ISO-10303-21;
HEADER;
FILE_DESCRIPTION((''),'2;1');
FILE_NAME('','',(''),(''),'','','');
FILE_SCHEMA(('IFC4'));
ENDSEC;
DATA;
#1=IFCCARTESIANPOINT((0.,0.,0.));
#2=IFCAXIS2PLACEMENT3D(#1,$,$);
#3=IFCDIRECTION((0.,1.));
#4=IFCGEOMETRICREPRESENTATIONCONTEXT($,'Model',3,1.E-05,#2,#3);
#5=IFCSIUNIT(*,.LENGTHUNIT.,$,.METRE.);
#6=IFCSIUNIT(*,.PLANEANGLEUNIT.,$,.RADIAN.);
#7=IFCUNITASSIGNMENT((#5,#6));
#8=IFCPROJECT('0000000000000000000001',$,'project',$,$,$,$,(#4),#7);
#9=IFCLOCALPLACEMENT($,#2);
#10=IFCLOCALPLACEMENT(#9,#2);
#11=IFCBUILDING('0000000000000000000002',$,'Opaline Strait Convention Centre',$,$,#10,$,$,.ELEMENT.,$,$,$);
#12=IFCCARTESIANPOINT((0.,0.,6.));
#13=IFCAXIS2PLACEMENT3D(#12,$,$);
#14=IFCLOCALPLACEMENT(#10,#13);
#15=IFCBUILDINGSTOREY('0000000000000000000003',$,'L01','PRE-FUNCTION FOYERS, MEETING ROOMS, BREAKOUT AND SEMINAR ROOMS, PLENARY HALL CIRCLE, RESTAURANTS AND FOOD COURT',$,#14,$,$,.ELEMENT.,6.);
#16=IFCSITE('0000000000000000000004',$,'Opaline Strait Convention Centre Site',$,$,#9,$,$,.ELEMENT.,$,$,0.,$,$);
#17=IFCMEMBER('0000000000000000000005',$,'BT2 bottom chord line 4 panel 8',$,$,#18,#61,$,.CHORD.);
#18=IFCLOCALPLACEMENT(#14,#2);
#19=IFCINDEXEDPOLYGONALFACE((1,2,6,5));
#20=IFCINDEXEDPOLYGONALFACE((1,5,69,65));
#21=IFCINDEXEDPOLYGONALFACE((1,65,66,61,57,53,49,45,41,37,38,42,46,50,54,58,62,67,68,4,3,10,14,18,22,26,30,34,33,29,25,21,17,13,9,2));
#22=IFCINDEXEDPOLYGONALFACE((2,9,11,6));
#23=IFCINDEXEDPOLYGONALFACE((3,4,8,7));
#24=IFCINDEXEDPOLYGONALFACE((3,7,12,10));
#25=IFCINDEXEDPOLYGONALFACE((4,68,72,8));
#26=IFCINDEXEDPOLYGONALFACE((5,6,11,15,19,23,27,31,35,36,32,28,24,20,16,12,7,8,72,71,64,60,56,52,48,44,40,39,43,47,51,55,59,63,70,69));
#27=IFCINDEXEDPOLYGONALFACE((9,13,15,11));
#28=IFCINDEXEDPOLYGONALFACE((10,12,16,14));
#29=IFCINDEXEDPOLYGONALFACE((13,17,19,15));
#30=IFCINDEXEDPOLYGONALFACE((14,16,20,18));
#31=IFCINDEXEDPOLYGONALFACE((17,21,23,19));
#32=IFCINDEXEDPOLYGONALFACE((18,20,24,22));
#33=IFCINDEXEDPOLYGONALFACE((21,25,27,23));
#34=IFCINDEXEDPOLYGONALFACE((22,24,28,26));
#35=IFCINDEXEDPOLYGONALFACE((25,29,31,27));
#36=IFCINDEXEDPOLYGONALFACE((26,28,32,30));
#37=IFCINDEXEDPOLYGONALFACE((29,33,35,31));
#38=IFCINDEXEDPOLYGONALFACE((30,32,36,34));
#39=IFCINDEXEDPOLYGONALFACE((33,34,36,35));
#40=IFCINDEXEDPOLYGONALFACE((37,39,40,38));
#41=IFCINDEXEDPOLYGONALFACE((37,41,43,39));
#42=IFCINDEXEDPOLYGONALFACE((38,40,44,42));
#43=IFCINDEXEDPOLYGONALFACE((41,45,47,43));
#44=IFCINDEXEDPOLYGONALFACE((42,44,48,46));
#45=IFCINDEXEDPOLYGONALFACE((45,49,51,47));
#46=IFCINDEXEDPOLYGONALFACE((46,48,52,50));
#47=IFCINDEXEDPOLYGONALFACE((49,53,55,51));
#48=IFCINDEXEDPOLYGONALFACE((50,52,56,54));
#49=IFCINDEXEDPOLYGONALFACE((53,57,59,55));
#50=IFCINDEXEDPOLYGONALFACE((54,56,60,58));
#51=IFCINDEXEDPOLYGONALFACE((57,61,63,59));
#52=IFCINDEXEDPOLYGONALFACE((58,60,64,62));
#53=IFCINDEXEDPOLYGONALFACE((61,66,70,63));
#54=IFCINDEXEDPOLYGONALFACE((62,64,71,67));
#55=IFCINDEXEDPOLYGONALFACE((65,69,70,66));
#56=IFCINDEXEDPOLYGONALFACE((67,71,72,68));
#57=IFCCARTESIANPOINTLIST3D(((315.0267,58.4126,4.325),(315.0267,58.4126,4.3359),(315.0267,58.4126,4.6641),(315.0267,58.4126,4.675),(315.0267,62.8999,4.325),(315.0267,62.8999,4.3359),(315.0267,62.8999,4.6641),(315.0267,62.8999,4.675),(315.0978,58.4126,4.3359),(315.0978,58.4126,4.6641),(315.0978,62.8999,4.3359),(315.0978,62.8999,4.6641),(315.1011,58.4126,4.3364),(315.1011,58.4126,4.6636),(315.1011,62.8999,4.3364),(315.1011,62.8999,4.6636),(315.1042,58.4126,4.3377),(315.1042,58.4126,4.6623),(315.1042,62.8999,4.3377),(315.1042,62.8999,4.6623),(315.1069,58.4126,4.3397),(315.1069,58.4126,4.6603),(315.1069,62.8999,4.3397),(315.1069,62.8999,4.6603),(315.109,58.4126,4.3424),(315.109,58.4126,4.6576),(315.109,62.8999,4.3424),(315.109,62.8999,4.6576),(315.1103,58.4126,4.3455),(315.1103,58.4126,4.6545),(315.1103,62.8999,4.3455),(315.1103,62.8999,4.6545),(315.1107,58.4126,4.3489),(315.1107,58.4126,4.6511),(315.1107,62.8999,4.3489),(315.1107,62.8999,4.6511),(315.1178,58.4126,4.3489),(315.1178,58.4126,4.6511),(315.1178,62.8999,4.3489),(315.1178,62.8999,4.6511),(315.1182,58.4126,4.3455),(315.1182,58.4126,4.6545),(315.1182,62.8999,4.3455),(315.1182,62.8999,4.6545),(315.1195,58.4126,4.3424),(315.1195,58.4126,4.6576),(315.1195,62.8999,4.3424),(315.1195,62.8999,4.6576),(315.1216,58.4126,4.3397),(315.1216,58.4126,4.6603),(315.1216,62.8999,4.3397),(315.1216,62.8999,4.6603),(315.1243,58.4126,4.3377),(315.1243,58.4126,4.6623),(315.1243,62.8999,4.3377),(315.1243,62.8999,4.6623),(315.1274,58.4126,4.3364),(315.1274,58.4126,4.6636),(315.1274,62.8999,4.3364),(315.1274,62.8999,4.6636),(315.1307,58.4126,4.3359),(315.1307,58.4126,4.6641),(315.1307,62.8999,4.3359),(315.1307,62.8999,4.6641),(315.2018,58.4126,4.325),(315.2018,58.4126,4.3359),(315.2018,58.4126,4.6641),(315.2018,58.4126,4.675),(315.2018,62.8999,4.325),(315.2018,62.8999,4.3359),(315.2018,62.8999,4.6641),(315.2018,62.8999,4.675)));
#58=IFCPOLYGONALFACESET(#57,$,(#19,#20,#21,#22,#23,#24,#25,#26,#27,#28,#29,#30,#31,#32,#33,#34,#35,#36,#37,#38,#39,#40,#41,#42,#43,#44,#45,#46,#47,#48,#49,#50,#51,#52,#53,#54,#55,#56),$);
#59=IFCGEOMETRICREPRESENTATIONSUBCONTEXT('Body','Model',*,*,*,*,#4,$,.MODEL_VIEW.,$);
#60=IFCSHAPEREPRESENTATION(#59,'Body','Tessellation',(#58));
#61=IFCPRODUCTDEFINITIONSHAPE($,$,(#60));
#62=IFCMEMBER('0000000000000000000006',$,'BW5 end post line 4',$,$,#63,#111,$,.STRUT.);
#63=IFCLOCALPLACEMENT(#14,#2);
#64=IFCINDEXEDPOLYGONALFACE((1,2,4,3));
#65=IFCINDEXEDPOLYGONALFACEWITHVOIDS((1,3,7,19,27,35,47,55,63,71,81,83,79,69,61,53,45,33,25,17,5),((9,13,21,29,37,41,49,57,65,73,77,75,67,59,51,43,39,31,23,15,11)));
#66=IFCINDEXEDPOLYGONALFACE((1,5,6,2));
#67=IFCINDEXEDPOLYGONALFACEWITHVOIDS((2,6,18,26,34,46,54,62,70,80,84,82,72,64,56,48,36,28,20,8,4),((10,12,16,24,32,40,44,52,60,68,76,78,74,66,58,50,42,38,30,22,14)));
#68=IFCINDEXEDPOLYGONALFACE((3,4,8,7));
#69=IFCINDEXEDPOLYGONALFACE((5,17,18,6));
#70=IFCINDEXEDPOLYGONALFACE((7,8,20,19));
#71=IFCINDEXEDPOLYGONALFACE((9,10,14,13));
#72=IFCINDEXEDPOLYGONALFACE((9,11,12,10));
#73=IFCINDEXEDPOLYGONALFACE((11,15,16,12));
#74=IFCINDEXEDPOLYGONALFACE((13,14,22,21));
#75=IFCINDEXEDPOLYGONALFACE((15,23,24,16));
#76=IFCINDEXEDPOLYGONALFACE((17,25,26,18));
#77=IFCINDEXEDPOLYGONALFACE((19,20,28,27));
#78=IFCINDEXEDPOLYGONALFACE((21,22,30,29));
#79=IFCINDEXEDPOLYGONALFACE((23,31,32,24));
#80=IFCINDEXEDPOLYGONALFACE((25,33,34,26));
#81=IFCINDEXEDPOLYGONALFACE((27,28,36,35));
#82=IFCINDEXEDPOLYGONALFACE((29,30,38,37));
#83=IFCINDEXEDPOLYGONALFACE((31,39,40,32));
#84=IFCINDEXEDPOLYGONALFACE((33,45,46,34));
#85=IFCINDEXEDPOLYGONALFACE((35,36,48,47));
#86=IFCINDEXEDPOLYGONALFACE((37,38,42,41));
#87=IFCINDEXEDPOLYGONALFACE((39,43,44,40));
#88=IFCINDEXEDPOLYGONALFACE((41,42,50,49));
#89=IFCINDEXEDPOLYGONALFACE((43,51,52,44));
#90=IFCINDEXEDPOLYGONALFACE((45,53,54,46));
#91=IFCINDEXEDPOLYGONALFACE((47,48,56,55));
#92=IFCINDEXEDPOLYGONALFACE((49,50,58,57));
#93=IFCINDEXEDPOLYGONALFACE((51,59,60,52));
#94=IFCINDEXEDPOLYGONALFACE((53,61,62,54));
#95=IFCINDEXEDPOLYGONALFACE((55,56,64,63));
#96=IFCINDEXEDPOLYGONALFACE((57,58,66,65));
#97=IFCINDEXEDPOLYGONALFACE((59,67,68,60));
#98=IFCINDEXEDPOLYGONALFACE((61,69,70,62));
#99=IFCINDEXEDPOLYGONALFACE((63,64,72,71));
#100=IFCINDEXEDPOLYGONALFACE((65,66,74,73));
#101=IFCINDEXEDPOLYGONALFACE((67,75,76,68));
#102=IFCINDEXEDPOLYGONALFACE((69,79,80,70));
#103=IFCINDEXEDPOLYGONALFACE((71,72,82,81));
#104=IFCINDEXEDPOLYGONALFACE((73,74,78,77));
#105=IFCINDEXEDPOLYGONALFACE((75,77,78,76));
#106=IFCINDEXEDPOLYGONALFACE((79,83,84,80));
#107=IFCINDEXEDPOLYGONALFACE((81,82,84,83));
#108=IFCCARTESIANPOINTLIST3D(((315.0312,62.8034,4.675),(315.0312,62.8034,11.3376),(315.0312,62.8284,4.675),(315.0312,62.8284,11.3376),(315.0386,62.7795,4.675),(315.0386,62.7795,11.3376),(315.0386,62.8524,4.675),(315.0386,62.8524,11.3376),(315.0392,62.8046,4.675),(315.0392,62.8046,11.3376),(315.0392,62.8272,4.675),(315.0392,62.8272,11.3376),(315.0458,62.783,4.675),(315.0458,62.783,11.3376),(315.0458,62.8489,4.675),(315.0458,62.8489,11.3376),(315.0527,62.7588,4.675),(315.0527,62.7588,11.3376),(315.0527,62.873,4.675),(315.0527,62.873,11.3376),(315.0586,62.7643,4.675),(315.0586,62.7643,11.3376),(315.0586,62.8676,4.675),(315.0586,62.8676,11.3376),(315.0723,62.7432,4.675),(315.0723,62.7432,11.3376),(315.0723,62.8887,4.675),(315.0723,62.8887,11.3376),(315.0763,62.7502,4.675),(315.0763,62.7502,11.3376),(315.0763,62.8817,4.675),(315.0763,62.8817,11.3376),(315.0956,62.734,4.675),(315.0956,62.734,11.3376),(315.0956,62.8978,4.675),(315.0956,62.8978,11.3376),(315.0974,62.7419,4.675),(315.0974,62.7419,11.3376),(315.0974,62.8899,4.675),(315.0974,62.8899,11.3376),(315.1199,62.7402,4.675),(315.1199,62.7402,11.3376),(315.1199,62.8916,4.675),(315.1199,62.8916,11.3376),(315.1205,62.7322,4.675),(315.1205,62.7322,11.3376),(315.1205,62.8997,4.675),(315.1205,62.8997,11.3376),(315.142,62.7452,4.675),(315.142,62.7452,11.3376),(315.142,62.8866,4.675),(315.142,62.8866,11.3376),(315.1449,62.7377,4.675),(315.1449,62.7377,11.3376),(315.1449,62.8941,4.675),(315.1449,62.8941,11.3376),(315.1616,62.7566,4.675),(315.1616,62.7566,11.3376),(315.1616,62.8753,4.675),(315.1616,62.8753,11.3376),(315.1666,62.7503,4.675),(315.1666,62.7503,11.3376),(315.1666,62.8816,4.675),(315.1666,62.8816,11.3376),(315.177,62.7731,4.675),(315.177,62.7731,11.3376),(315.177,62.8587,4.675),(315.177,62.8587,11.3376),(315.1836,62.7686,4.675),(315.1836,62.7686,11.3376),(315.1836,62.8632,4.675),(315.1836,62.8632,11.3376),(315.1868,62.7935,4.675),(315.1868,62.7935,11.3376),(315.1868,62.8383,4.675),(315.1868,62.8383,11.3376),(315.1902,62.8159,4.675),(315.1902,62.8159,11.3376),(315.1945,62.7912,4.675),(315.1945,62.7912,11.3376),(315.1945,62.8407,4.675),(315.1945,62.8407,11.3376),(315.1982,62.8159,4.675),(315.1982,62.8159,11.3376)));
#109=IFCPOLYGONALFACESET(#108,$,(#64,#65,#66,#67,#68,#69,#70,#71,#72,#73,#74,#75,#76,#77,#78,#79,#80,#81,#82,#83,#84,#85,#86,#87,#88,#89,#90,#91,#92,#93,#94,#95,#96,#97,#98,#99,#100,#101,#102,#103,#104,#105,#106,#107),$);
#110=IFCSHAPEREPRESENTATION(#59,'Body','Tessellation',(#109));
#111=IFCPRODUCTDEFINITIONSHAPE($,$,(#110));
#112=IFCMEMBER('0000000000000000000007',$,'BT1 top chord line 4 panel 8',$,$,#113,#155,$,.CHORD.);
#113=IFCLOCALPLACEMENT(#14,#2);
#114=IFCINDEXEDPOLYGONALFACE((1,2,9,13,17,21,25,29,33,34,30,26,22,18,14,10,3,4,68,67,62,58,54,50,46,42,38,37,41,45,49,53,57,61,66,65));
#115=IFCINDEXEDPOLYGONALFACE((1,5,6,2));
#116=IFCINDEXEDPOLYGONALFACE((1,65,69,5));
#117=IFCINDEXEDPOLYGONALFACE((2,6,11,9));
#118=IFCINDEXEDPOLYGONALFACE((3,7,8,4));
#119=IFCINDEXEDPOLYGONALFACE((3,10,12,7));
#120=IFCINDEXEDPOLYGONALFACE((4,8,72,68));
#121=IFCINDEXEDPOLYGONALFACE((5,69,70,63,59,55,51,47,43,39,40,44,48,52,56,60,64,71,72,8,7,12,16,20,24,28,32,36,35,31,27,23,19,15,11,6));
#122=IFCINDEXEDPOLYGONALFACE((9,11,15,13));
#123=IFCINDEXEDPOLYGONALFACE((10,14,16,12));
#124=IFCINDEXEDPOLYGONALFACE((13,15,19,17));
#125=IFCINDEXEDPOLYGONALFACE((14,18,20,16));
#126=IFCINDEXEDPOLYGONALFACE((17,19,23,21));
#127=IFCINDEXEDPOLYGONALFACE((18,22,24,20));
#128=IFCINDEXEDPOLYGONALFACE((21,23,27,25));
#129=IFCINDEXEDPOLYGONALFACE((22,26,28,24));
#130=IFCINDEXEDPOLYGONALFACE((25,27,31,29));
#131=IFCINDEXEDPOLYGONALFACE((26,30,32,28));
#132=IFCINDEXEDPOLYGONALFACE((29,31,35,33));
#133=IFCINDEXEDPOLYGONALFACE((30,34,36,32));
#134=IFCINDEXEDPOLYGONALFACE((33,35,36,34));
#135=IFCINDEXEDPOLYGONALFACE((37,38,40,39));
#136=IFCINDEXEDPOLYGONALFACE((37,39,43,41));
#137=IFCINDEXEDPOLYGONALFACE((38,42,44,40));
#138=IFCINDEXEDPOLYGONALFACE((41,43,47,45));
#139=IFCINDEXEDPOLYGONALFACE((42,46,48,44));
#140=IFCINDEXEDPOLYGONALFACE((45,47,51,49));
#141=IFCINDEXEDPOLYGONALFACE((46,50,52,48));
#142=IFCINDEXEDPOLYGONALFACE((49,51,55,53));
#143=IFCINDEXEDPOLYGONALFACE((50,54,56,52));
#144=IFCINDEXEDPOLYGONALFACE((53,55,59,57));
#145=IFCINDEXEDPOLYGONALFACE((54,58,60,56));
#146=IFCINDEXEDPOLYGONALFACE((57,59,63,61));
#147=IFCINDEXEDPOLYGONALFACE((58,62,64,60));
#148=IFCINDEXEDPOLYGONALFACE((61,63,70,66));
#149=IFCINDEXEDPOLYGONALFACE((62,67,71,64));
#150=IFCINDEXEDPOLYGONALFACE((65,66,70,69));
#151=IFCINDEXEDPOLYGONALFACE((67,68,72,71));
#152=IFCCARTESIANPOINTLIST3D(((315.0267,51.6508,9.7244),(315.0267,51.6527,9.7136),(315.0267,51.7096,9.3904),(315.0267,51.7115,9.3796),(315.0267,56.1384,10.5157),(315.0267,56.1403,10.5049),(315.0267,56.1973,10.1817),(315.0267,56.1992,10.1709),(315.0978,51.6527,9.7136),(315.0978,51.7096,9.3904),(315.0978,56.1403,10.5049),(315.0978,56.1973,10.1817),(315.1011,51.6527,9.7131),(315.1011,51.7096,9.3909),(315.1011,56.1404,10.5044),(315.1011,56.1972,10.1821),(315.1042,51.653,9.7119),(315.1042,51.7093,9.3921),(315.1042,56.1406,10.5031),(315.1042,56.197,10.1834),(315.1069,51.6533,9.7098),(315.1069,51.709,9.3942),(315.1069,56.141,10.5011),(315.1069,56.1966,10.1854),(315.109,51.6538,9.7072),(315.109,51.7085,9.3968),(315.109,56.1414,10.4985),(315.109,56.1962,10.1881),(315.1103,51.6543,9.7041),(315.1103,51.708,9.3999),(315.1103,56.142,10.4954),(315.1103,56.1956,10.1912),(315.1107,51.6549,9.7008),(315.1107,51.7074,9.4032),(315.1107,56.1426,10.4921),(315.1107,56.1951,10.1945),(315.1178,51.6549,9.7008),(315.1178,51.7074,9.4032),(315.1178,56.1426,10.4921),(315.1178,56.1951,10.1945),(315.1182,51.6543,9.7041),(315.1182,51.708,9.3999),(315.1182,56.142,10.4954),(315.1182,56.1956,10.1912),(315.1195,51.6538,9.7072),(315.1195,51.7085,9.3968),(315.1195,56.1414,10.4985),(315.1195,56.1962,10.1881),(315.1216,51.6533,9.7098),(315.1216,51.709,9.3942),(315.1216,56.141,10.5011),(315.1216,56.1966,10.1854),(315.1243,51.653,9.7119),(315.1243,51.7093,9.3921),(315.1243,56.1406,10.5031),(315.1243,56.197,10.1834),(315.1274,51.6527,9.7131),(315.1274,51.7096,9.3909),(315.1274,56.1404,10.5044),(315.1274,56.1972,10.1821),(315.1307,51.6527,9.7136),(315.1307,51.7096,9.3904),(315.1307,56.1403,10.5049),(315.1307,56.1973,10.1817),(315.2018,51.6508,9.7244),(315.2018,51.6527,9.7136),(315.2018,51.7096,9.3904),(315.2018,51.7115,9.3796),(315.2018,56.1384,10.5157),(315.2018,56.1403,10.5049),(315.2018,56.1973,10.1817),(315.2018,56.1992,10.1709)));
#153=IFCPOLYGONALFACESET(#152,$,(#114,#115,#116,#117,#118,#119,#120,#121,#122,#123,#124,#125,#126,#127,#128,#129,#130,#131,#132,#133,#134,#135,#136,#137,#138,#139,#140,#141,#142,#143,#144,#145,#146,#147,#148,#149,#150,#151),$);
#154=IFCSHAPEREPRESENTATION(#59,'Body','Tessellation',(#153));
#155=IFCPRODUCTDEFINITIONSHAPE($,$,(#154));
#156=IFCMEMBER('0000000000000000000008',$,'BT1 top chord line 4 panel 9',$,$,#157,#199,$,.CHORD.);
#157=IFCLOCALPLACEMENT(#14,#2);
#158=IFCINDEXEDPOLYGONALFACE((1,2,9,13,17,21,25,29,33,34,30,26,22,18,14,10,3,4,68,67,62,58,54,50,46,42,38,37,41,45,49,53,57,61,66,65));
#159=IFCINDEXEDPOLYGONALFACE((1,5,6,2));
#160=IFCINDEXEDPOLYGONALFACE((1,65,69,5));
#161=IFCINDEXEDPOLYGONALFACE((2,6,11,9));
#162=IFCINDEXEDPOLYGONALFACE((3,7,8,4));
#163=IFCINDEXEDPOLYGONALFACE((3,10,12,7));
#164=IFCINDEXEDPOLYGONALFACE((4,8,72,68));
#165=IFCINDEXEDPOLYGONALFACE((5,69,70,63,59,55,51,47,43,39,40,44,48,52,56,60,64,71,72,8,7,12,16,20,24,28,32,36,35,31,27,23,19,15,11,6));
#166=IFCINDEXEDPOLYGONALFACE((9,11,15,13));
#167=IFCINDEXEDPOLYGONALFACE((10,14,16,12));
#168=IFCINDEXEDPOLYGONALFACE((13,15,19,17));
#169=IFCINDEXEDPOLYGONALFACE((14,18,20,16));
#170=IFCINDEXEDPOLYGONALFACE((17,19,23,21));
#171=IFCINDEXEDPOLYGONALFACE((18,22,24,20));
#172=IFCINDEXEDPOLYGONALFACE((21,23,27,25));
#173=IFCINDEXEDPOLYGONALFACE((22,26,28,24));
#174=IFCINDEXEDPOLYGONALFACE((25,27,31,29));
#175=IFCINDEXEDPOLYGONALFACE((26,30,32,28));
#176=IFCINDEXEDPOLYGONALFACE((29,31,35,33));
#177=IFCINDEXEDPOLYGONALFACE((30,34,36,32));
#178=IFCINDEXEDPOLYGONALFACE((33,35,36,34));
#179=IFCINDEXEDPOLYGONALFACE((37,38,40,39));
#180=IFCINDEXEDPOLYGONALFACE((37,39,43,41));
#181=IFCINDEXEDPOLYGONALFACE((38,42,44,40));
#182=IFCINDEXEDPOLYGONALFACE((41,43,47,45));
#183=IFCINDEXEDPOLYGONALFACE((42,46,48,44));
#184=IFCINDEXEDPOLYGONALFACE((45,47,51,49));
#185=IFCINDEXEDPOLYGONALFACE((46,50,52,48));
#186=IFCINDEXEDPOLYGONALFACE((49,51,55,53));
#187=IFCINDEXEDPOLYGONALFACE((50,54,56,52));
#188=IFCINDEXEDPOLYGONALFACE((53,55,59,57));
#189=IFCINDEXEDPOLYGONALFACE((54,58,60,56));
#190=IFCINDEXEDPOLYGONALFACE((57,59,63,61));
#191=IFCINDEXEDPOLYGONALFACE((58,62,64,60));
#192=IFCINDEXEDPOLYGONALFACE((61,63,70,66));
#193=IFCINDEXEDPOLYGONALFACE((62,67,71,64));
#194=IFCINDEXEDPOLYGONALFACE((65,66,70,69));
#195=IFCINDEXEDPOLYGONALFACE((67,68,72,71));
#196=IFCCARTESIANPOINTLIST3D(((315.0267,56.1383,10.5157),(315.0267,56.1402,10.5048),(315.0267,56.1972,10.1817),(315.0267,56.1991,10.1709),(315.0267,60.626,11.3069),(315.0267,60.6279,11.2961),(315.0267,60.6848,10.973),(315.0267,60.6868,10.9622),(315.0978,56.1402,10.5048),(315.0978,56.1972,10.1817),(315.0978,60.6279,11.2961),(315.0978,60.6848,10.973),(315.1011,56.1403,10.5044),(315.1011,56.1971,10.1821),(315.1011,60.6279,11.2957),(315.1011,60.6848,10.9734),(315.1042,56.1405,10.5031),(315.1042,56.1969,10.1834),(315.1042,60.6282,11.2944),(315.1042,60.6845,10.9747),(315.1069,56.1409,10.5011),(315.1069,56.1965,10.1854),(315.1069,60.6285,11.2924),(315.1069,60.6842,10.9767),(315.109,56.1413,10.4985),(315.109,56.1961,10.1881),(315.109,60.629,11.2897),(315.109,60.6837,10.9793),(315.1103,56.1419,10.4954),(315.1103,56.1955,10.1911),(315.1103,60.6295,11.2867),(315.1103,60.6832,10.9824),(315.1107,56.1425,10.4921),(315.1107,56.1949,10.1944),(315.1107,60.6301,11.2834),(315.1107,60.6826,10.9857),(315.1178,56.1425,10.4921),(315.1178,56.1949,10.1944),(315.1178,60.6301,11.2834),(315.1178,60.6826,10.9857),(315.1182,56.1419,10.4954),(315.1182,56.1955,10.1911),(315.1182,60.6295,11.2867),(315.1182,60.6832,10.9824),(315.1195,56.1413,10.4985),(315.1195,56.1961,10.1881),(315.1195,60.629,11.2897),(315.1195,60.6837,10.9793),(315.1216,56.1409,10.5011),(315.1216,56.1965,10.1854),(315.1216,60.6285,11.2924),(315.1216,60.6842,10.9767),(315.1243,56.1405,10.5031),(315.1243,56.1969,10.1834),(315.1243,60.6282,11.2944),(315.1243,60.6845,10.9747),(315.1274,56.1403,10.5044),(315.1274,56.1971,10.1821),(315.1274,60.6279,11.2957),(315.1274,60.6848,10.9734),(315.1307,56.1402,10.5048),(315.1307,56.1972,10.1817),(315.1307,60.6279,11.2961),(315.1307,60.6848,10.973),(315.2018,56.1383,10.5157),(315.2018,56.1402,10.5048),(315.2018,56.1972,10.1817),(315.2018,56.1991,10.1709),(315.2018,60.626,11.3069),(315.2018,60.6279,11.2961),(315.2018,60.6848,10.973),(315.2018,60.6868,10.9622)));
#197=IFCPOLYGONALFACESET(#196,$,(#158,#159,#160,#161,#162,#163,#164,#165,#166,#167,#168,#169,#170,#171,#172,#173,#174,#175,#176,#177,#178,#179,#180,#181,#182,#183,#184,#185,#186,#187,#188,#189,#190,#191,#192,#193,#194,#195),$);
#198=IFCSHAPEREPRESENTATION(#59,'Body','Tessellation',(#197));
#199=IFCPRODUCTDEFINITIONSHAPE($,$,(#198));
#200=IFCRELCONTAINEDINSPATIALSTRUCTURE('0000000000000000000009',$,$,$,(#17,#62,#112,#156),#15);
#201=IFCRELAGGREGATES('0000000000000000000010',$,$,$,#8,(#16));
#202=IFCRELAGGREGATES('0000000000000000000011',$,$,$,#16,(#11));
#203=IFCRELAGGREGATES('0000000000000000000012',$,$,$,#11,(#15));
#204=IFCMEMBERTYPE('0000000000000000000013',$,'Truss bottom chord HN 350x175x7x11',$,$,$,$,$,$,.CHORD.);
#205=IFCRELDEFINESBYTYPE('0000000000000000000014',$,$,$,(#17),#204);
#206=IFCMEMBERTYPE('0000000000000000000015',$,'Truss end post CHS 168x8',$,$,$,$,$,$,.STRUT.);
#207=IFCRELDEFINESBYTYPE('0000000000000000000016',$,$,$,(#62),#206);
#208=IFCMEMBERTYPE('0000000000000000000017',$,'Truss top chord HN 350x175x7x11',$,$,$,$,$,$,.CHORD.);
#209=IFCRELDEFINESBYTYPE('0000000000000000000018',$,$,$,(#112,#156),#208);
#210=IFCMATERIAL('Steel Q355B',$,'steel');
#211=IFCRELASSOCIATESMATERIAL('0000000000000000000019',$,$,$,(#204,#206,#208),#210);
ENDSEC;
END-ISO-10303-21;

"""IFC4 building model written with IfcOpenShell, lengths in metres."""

from ifc_helpers import new_model, si_unit, direction, frame, origin, origin_2d, place, context, subcontext, project, spatial, hollow_circle, i_section, extrude, material, material_profile, profile_set, type_object, element, save


model = new_model("IFC4")

# Units and contexts
model_context = context("Model", 3, precision=1e-05, world=origin(), true_north=direction((0.0, 1.0)))
body_context = subcontext(model_context, "Body", "Model", "MODEL_VIEW")
ifc_project = project(units=[si_unit("LENGTHUNIT", "METRE"), si_unit("PLANEANGLEUNIT", "RADIAN")], contexts=[model_context])

# Site, building, storey
site_placement = place(None, origin())
site = spatial("IfcSite", under=ifc_project, at=site_placement, Name="Opaline Strait Convention Centre Site", CompositionType="ELEMENT", RefElevation=0.0)
building_placement = place(site_placement, origin())
building = spatial("IfcBuilding", under=site, at=building_placement, Name="Opaline Strait Convention Centre", CompositionType="ELEMENT")
storey_placement = place(building_placement, frame((0.0, 0.0, 6.0)))
storey = spatial("IfcBuildingStorey", under=building, at=storey_placement, Name="L01", Description="PRE-FUNCTION FOYERS, MEETING ROOMS, BREAKOUT AND SEMINAR ROOMS, PLENARY HALL CIRCLE, RESTAURANTS AND FOOD COURT", CompositionType="ELEMENT", Elevation=6.0)

# Members
ifc_material_1 = material(Name="Steel Q355B", Category="steel")
ifc_material_profile_1 = material_profile(ifc_material_1, i_section(OverallWidth=0.175, OverallDepth=0.3501, WebThickness=0.0071, FlangeThickness=0.011, FilletRadius=0.0129, at=origin_2d()), Name="HN 350x175x7x11")
ifc_profile_set_1 = profile_set([ifc_material_profile_1], Name="Steel Q355B")
member_type_1 = type_object("IfcMemberType", Name="Truss bottom chord HN 350x175x7x11", PredefinedType="CHORD", material=ifc_profile_set_1)
member_1_placement = place(storey_placement, frame((315.1143, 58.4126, 4.5), z_axis=(0.0, 1.0, 0.0), x_axis=(-1.0, 0.0, 0.0)))
element("IfcMember", 1, at=member_1_placement, inside=storey, type_object=member_type_1, Name="BT2 bottom chord line 4 panel 8", PredefinedType="CHORD", context=body_context, shape_type="SweptSolid", body=[
    extrude(i_section(OverallWidth=0.175, OverallDepth=0.3501, WebThickness=0.0071, FlangeThickness=0.011, FilletRadius=0.0129, at=origin_2d()), origin(), (0.0, 0.0, 1.0), 4.4873),
])
ifc_material_profile_2 = material_profile(ifc_material_1, hollow_circle(Radius=0.084, WallThickness=0.0081, at=origin_2d()), Name="CHS 168x8")
ifc_profile_set_2 = profile_set([ifc_material_profile_2], Name="Steel Q355B")
member_type_2 = type_object("IfcMemberType", Name="Truss end post CHS 168x8", PredefinedType="STRUT", material=ifc_profile_set_2)
member_2_placement = place(storey_placement, frame((315.1143, 62.8159, 4.675), z_axis=(0.0, 0.0, 1.0), x_axis=(1.0, 0.0, 0.0)))
element("IfcMember", 2, at=member_2_placement, inside=storey, type_object=member_type_2, Name="BW5 end post line 4", PredefinedType="STRUT", context=body_context, shape_type="SweptSolid", body=[
    extrude(hollow_circle(Radius=0.084, WallThickness=0.0081, at=origin_2d()), origin(), (0.0, 0.0, 1.0), 6.6626),
])
ifc_material_profile_3 = material_profile(ifc_material_1, i_section(OverallWidth=0.175, OverallDepth=0.3501, WebThickness=0.0071, FlangeThickness=0.011, FilletRadius=0.0129, at=origin_2d()), Name="HN 350x175x7x11")
ifc_profile_set_3 = profile_set([ifc_material_profile_3], Name="Steel Q355B")
member_type_3 = type_object("IfcMemberType", Name="Truss top chord HN 350x175x7x11", PredefinedType="CHORD", material=ifc_profile_set_3)
for number, where, z_axis, x_axis, name in (
    (3, (315.1143, 51.6812, 9.552), (0.0, 0.984808, 0.173645), (-1.0, 0.0, 0.0), "BT1 top chord line 4 panel 8"),
    (4, (315.1143, 56.1687, 10.3433), (0.0, 0.984808, 0.173645), (-1.0, 0.0, 0.0), "BT1 top chord line 4 panel 9"),
):
    element("IfcMember", number, at=place(storey_placement, frame(where, z_axis=z_axis, x_axis=x_axis)), inside=storey, type_object=member_type_3, Name=name, PredefinedType="CHORD", context=body_context, shape_type="SweptSolid", body=[
        extrude(i_section(OverallWidth=0.175, OverallDepth=0.3501, WebThickness=0.0071, FlangeThickness=0.011, FilletRadius=0.0129, at=origin_2d()), origin(), (0.0, 0.0, 1.0), 4.5569),
    ])

save(model, "model.ifc")
